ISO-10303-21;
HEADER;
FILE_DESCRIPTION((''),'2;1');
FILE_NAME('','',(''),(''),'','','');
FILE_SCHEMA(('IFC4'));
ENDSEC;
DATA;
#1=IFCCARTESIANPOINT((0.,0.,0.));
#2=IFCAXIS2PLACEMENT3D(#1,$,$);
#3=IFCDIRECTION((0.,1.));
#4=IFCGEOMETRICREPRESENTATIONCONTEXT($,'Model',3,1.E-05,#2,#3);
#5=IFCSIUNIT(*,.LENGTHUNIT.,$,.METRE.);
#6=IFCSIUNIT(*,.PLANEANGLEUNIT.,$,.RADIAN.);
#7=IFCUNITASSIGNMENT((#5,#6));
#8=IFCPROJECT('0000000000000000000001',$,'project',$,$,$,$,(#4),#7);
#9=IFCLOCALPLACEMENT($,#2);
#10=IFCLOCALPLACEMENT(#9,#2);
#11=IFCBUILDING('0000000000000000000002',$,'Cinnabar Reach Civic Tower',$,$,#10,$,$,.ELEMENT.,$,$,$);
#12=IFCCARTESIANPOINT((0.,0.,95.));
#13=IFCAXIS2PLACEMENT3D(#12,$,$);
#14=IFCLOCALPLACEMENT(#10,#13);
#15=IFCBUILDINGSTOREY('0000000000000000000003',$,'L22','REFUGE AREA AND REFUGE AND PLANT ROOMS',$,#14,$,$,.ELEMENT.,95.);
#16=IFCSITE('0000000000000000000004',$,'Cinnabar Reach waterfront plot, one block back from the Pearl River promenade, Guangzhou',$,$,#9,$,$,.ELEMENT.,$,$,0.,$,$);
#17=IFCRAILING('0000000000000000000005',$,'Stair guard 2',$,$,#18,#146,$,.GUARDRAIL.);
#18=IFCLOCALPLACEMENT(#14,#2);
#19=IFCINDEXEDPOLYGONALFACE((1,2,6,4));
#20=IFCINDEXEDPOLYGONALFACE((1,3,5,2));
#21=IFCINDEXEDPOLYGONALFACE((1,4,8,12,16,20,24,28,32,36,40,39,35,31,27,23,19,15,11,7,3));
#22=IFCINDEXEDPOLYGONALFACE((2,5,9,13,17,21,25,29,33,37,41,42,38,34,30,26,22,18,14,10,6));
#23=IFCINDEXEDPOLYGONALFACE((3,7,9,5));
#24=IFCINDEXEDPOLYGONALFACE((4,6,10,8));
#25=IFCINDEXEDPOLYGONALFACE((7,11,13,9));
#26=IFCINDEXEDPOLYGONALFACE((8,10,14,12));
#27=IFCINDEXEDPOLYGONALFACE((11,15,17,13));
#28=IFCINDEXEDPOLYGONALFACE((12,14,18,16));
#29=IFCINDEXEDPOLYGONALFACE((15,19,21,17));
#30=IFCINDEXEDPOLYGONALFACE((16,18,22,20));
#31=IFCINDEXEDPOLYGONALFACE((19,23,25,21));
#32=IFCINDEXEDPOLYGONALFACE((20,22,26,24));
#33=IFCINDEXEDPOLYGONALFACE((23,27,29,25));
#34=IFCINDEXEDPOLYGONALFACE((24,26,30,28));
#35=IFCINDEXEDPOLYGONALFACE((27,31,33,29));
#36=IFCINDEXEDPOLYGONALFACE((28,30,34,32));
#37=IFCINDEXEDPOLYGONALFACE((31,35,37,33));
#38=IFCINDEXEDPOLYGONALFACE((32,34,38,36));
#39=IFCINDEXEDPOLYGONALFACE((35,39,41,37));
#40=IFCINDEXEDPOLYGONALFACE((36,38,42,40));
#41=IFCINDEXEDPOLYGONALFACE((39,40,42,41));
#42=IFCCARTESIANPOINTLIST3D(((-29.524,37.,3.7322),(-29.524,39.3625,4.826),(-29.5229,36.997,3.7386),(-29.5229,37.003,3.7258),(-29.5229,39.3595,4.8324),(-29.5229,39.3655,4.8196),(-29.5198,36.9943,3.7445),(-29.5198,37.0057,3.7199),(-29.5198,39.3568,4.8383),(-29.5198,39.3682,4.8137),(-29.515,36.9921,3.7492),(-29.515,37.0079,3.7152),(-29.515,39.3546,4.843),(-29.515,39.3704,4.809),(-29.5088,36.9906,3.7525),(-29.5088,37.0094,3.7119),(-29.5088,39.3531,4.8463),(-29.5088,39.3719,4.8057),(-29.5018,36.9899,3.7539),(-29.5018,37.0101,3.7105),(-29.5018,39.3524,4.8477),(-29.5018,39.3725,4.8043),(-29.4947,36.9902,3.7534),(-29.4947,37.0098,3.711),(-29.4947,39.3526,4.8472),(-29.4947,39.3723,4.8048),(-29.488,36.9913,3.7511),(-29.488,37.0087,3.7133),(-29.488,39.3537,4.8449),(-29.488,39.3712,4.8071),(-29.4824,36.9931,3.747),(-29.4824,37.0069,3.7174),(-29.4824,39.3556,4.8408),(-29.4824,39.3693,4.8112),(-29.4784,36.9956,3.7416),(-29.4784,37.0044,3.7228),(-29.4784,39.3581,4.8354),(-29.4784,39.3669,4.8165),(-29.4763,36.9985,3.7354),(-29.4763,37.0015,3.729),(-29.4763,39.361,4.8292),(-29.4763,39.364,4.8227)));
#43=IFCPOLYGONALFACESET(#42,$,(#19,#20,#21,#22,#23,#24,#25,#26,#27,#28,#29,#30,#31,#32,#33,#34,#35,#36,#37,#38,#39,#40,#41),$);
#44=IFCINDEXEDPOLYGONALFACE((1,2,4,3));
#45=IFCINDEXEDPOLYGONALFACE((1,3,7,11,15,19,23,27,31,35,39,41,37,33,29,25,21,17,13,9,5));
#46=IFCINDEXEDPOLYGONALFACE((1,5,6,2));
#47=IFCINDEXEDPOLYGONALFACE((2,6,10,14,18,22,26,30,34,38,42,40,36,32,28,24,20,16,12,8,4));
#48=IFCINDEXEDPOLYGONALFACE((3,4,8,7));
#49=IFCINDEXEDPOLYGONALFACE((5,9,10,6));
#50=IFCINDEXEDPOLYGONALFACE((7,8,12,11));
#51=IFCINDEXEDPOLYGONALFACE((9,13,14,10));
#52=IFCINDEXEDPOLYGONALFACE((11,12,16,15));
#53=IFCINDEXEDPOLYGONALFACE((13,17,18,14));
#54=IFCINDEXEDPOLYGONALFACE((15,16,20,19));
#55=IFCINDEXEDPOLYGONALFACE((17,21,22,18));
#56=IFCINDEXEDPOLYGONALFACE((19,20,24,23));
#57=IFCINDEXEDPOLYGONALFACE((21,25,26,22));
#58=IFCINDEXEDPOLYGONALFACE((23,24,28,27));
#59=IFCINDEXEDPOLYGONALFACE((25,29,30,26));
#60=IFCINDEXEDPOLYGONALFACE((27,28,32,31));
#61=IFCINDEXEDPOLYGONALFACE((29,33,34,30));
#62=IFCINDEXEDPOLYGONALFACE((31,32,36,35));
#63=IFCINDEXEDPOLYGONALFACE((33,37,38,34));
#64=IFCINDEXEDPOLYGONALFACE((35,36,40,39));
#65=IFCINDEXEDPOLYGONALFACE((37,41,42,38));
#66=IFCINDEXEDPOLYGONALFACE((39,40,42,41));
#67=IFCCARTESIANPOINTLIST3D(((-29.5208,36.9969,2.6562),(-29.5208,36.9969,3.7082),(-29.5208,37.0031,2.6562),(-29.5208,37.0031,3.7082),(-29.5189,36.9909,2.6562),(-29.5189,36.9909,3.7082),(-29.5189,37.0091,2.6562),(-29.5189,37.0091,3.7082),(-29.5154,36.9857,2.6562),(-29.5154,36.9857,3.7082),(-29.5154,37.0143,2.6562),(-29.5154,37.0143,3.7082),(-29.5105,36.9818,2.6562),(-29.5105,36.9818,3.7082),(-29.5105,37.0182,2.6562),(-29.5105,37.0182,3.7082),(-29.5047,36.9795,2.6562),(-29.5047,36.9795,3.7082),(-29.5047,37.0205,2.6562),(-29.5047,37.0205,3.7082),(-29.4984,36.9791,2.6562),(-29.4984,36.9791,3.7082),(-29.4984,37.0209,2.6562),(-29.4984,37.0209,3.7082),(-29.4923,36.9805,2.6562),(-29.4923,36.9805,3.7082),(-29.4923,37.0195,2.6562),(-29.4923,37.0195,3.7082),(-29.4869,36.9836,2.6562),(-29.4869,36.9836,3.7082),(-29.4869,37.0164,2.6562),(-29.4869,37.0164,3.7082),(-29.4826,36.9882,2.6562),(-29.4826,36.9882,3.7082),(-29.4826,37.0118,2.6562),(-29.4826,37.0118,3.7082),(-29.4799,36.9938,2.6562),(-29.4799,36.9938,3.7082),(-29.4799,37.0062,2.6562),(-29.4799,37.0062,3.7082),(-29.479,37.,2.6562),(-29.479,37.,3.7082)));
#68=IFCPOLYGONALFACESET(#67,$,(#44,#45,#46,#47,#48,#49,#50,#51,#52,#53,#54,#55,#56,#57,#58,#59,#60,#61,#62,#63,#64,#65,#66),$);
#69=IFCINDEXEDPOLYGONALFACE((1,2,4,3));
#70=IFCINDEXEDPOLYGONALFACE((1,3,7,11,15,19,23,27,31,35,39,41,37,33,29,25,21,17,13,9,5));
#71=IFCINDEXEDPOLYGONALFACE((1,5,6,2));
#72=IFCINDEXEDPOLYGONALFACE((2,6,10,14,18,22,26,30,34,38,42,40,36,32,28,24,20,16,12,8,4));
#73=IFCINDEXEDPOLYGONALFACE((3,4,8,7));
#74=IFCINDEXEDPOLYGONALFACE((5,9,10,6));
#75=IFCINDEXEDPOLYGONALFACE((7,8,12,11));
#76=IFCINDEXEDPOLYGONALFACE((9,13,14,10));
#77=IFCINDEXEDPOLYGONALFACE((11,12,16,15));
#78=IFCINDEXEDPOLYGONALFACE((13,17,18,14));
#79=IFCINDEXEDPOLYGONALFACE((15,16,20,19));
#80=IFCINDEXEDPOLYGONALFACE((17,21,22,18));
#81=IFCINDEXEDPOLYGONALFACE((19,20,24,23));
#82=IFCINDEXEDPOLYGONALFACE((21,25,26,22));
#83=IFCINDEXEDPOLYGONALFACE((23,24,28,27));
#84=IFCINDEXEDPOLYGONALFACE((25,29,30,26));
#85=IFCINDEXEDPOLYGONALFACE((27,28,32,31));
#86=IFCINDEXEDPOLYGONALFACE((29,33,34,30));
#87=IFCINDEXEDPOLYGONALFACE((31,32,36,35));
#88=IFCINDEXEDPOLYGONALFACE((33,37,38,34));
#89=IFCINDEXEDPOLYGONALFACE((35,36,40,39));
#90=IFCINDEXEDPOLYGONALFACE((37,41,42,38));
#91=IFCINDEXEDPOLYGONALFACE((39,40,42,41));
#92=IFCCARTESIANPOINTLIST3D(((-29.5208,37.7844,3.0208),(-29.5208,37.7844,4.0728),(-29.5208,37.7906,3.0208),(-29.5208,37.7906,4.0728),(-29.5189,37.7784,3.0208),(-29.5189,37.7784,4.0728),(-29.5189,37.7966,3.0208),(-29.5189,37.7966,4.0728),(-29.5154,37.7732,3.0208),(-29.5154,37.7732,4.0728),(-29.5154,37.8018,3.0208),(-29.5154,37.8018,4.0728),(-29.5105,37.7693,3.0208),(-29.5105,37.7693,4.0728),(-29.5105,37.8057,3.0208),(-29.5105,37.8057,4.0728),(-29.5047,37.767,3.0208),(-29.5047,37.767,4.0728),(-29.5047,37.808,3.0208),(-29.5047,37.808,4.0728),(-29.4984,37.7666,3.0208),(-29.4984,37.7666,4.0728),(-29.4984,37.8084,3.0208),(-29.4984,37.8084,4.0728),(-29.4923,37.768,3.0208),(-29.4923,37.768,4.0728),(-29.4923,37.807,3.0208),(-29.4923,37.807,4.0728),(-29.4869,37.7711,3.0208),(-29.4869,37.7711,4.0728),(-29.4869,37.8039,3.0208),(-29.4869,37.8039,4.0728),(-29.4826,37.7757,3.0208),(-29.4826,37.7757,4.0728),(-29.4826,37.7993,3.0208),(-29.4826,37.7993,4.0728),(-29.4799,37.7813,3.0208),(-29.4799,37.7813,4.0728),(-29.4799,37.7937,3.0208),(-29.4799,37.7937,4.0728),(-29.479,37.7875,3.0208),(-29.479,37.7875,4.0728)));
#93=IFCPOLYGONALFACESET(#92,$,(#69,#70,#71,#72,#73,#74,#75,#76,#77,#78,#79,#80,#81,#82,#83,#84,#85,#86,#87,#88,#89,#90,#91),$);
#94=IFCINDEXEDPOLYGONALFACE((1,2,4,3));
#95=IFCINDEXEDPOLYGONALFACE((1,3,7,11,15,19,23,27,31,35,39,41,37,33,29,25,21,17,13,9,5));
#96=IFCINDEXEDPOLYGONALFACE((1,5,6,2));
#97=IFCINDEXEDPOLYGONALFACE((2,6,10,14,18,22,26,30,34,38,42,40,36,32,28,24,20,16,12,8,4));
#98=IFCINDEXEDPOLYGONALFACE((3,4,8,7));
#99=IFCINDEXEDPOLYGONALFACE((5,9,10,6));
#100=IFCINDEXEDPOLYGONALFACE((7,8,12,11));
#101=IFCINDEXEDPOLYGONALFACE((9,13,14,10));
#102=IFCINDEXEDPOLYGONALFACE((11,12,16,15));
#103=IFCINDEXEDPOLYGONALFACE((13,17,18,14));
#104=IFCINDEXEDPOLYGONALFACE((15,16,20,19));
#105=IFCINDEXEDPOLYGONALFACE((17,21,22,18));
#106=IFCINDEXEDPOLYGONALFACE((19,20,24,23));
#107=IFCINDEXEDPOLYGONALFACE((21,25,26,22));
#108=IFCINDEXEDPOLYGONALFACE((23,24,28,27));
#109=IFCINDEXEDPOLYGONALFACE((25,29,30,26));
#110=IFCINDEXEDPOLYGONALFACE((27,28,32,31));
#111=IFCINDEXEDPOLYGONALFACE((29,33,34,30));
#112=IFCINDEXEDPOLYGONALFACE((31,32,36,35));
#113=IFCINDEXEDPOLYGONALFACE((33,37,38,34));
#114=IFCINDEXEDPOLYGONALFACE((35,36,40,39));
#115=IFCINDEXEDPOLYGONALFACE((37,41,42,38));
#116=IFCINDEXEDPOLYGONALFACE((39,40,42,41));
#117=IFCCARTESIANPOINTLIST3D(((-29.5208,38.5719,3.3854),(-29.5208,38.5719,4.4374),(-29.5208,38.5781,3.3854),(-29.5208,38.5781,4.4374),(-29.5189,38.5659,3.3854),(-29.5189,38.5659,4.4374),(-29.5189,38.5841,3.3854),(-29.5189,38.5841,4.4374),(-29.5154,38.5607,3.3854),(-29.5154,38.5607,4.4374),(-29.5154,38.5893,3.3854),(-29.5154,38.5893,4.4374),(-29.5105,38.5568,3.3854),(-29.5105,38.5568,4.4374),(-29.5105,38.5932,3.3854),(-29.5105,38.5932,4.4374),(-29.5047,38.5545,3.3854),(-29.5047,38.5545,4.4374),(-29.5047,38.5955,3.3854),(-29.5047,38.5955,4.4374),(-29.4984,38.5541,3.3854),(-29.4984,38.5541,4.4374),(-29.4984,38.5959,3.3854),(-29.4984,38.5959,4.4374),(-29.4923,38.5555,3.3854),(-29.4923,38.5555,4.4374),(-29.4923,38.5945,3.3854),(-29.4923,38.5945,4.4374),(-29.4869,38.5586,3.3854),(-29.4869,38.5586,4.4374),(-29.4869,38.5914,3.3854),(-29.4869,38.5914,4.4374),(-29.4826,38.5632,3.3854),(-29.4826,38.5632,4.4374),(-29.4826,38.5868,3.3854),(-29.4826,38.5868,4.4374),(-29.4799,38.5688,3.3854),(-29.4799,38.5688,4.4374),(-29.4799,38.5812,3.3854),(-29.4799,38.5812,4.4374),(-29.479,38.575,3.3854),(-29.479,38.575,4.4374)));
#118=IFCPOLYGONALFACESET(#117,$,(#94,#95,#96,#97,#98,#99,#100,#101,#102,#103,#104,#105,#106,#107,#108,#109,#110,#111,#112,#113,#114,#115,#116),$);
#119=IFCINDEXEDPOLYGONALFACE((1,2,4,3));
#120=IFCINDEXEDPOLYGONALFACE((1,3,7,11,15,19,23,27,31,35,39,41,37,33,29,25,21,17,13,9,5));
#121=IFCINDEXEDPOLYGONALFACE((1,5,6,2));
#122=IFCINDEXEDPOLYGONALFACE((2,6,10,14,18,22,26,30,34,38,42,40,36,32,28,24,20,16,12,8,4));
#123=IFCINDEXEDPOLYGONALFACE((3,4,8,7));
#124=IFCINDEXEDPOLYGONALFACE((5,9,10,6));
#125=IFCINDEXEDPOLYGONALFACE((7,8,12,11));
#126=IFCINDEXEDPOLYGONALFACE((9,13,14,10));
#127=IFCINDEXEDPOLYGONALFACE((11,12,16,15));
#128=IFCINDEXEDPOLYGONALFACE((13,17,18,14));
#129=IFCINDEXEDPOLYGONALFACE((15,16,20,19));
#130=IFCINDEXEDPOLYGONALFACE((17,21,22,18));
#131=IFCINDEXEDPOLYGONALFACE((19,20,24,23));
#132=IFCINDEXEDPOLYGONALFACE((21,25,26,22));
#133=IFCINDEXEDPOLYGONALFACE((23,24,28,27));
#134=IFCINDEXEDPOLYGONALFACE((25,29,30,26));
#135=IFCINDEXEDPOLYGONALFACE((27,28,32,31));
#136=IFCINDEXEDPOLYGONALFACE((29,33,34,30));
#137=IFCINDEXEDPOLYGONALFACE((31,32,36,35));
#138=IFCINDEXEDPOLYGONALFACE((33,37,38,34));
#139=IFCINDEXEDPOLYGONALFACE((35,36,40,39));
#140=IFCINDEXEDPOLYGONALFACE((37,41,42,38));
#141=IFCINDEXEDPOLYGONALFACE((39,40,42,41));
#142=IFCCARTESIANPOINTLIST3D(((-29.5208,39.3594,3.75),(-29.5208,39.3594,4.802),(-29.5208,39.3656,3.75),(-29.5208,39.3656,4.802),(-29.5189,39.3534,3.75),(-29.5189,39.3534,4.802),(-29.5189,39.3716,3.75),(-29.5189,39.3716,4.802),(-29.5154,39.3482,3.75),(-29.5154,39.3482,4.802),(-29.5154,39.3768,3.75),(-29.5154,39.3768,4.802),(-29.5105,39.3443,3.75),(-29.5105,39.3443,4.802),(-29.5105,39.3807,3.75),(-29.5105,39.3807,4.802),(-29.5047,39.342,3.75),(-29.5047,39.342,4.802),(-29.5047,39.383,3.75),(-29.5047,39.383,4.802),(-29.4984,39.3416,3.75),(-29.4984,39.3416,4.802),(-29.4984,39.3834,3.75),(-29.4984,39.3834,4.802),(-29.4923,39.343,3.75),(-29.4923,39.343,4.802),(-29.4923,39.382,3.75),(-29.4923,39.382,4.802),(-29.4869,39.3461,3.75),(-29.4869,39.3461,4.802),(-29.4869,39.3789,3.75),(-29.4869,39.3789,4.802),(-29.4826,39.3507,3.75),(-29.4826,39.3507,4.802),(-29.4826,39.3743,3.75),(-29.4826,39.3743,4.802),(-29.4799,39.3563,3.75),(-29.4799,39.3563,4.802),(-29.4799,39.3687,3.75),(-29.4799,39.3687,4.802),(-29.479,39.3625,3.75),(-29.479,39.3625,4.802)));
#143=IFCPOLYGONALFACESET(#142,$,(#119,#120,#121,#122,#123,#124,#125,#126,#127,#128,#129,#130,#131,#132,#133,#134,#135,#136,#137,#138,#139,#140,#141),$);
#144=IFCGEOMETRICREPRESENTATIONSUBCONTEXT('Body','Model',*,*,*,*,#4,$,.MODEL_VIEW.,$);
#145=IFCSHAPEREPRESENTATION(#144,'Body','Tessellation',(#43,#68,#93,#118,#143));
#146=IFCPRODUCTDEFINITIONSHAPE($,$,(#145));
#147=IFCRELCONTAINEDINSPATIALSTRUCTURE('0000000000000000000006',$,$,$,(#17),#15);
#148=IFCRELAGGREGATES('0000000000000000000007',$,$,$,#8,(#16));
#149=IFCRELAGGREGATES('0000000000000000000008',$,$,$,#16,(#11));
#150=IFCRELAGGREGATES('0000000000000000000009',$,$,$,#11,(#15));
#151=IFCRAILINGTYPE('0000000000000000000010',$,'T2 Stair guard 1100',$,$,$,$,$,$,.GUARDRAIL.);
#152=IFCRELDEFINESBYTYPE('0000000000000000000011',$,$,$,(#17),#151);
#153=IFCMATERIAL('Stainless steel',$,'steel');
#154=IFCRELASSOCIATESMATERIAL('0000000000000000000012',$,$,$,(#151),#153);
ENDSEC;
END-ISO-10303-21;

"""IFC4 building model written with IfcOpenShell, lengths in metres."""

from ifc_helpers import new_model, si_unit, direction, frame, origin, origin_2d, place, context, subcontext, project, spatial, circle, extrude, material, type_object, element, save


model = new_model("IFC4")

# Units and contexts
model_context = context("Model", 3, precision=1e-05, world=origin(), true_north=direction((0.0, 1.0)))
body_context = subcontext(model_context, "Body", "Model", "MODEL_VIEW")
ifc_project = project(units=[si_unit("LENGTHUNIT", "METRE"), si_unit("PLANEANGLEUNIT", "RADIAN")], contexts=[model_context])

# Site, building, storey
site_placement = place(None, origin())
site = spatial("IfcSite", under=ifc_project, at=site_placement, Name="Cinnabar Reach waterfront plot, one block back from the Pearl River promenade, Guangzhou", CompositionType="ELEMENT", RefElevation=0.0)
building_placement = place(site_placement, origin())
building = spatial("IfcBuilding", under=site, at=building_placement, Name="Cinnabar Reach Civic Tower", CompositionType="ELEMENT")
storey_placement = place(building_placement, frame((0.0, 0.0, 95.0)))
storey = spatial("IfcBuildingStorey", under=building, at=storey_placement, Name="L22", Description="REFUGE AREA AND REFUGE AND PLANT ROOMS", CompositionType="ELEMENT", Elevation=95.0)

# Railing
ifc_material_1 = material(Name="Stainless steel", Category="steel")
railing_type = type_object("IfcRailingType", Name="T2 Stair guard 1100", PredefinedType="GUARDRAIL", material=ifc_material_1)
railing_1_placement = place(storey_placement, frame((-29.5, 37.0, 2.6562)))
element("IfcRailing", 1, at=railing_1_placement, inside=storey, type_object=railing_type, Name="Stair guard 2", PredefinedType="GUARDRAIL", context=body_context, shape_type="SweptSolid", body=[
    extrude(circle(Radius=0.024, at=origin_2d()), frame((0.0, 0.0, 1.076), z_axis=(0.0, 0.90746, 0.420139), x_axis=(-1.0, 0.0, 0.0)), (0.0, 0.0, 1.0), 2.6034),
    extrude(circle(Radius=0.021, at=origin_2d()), origin(), (0.0, 0.0, 1.0), 1.052),
    extrude(circle(Radius=0.021, at=origin_2d()), frame((0.0, 0.7875, 0.3646)), (0.0, 0.0, 1.0), 1.052),
    extrude(circle(Radius=0.021, at=origin_2d()), frame((0.0, 1.575, 0.7292)), (0.0, 0.0, 1.0), 1.052),
    extrude(circle(Radius=0.021, at=origin_2d()), frame((0.0, 2.3625, 1.0938)), (0.0, 0.0, 1.0), 1.052),
])

save(model, "model.ifc")
